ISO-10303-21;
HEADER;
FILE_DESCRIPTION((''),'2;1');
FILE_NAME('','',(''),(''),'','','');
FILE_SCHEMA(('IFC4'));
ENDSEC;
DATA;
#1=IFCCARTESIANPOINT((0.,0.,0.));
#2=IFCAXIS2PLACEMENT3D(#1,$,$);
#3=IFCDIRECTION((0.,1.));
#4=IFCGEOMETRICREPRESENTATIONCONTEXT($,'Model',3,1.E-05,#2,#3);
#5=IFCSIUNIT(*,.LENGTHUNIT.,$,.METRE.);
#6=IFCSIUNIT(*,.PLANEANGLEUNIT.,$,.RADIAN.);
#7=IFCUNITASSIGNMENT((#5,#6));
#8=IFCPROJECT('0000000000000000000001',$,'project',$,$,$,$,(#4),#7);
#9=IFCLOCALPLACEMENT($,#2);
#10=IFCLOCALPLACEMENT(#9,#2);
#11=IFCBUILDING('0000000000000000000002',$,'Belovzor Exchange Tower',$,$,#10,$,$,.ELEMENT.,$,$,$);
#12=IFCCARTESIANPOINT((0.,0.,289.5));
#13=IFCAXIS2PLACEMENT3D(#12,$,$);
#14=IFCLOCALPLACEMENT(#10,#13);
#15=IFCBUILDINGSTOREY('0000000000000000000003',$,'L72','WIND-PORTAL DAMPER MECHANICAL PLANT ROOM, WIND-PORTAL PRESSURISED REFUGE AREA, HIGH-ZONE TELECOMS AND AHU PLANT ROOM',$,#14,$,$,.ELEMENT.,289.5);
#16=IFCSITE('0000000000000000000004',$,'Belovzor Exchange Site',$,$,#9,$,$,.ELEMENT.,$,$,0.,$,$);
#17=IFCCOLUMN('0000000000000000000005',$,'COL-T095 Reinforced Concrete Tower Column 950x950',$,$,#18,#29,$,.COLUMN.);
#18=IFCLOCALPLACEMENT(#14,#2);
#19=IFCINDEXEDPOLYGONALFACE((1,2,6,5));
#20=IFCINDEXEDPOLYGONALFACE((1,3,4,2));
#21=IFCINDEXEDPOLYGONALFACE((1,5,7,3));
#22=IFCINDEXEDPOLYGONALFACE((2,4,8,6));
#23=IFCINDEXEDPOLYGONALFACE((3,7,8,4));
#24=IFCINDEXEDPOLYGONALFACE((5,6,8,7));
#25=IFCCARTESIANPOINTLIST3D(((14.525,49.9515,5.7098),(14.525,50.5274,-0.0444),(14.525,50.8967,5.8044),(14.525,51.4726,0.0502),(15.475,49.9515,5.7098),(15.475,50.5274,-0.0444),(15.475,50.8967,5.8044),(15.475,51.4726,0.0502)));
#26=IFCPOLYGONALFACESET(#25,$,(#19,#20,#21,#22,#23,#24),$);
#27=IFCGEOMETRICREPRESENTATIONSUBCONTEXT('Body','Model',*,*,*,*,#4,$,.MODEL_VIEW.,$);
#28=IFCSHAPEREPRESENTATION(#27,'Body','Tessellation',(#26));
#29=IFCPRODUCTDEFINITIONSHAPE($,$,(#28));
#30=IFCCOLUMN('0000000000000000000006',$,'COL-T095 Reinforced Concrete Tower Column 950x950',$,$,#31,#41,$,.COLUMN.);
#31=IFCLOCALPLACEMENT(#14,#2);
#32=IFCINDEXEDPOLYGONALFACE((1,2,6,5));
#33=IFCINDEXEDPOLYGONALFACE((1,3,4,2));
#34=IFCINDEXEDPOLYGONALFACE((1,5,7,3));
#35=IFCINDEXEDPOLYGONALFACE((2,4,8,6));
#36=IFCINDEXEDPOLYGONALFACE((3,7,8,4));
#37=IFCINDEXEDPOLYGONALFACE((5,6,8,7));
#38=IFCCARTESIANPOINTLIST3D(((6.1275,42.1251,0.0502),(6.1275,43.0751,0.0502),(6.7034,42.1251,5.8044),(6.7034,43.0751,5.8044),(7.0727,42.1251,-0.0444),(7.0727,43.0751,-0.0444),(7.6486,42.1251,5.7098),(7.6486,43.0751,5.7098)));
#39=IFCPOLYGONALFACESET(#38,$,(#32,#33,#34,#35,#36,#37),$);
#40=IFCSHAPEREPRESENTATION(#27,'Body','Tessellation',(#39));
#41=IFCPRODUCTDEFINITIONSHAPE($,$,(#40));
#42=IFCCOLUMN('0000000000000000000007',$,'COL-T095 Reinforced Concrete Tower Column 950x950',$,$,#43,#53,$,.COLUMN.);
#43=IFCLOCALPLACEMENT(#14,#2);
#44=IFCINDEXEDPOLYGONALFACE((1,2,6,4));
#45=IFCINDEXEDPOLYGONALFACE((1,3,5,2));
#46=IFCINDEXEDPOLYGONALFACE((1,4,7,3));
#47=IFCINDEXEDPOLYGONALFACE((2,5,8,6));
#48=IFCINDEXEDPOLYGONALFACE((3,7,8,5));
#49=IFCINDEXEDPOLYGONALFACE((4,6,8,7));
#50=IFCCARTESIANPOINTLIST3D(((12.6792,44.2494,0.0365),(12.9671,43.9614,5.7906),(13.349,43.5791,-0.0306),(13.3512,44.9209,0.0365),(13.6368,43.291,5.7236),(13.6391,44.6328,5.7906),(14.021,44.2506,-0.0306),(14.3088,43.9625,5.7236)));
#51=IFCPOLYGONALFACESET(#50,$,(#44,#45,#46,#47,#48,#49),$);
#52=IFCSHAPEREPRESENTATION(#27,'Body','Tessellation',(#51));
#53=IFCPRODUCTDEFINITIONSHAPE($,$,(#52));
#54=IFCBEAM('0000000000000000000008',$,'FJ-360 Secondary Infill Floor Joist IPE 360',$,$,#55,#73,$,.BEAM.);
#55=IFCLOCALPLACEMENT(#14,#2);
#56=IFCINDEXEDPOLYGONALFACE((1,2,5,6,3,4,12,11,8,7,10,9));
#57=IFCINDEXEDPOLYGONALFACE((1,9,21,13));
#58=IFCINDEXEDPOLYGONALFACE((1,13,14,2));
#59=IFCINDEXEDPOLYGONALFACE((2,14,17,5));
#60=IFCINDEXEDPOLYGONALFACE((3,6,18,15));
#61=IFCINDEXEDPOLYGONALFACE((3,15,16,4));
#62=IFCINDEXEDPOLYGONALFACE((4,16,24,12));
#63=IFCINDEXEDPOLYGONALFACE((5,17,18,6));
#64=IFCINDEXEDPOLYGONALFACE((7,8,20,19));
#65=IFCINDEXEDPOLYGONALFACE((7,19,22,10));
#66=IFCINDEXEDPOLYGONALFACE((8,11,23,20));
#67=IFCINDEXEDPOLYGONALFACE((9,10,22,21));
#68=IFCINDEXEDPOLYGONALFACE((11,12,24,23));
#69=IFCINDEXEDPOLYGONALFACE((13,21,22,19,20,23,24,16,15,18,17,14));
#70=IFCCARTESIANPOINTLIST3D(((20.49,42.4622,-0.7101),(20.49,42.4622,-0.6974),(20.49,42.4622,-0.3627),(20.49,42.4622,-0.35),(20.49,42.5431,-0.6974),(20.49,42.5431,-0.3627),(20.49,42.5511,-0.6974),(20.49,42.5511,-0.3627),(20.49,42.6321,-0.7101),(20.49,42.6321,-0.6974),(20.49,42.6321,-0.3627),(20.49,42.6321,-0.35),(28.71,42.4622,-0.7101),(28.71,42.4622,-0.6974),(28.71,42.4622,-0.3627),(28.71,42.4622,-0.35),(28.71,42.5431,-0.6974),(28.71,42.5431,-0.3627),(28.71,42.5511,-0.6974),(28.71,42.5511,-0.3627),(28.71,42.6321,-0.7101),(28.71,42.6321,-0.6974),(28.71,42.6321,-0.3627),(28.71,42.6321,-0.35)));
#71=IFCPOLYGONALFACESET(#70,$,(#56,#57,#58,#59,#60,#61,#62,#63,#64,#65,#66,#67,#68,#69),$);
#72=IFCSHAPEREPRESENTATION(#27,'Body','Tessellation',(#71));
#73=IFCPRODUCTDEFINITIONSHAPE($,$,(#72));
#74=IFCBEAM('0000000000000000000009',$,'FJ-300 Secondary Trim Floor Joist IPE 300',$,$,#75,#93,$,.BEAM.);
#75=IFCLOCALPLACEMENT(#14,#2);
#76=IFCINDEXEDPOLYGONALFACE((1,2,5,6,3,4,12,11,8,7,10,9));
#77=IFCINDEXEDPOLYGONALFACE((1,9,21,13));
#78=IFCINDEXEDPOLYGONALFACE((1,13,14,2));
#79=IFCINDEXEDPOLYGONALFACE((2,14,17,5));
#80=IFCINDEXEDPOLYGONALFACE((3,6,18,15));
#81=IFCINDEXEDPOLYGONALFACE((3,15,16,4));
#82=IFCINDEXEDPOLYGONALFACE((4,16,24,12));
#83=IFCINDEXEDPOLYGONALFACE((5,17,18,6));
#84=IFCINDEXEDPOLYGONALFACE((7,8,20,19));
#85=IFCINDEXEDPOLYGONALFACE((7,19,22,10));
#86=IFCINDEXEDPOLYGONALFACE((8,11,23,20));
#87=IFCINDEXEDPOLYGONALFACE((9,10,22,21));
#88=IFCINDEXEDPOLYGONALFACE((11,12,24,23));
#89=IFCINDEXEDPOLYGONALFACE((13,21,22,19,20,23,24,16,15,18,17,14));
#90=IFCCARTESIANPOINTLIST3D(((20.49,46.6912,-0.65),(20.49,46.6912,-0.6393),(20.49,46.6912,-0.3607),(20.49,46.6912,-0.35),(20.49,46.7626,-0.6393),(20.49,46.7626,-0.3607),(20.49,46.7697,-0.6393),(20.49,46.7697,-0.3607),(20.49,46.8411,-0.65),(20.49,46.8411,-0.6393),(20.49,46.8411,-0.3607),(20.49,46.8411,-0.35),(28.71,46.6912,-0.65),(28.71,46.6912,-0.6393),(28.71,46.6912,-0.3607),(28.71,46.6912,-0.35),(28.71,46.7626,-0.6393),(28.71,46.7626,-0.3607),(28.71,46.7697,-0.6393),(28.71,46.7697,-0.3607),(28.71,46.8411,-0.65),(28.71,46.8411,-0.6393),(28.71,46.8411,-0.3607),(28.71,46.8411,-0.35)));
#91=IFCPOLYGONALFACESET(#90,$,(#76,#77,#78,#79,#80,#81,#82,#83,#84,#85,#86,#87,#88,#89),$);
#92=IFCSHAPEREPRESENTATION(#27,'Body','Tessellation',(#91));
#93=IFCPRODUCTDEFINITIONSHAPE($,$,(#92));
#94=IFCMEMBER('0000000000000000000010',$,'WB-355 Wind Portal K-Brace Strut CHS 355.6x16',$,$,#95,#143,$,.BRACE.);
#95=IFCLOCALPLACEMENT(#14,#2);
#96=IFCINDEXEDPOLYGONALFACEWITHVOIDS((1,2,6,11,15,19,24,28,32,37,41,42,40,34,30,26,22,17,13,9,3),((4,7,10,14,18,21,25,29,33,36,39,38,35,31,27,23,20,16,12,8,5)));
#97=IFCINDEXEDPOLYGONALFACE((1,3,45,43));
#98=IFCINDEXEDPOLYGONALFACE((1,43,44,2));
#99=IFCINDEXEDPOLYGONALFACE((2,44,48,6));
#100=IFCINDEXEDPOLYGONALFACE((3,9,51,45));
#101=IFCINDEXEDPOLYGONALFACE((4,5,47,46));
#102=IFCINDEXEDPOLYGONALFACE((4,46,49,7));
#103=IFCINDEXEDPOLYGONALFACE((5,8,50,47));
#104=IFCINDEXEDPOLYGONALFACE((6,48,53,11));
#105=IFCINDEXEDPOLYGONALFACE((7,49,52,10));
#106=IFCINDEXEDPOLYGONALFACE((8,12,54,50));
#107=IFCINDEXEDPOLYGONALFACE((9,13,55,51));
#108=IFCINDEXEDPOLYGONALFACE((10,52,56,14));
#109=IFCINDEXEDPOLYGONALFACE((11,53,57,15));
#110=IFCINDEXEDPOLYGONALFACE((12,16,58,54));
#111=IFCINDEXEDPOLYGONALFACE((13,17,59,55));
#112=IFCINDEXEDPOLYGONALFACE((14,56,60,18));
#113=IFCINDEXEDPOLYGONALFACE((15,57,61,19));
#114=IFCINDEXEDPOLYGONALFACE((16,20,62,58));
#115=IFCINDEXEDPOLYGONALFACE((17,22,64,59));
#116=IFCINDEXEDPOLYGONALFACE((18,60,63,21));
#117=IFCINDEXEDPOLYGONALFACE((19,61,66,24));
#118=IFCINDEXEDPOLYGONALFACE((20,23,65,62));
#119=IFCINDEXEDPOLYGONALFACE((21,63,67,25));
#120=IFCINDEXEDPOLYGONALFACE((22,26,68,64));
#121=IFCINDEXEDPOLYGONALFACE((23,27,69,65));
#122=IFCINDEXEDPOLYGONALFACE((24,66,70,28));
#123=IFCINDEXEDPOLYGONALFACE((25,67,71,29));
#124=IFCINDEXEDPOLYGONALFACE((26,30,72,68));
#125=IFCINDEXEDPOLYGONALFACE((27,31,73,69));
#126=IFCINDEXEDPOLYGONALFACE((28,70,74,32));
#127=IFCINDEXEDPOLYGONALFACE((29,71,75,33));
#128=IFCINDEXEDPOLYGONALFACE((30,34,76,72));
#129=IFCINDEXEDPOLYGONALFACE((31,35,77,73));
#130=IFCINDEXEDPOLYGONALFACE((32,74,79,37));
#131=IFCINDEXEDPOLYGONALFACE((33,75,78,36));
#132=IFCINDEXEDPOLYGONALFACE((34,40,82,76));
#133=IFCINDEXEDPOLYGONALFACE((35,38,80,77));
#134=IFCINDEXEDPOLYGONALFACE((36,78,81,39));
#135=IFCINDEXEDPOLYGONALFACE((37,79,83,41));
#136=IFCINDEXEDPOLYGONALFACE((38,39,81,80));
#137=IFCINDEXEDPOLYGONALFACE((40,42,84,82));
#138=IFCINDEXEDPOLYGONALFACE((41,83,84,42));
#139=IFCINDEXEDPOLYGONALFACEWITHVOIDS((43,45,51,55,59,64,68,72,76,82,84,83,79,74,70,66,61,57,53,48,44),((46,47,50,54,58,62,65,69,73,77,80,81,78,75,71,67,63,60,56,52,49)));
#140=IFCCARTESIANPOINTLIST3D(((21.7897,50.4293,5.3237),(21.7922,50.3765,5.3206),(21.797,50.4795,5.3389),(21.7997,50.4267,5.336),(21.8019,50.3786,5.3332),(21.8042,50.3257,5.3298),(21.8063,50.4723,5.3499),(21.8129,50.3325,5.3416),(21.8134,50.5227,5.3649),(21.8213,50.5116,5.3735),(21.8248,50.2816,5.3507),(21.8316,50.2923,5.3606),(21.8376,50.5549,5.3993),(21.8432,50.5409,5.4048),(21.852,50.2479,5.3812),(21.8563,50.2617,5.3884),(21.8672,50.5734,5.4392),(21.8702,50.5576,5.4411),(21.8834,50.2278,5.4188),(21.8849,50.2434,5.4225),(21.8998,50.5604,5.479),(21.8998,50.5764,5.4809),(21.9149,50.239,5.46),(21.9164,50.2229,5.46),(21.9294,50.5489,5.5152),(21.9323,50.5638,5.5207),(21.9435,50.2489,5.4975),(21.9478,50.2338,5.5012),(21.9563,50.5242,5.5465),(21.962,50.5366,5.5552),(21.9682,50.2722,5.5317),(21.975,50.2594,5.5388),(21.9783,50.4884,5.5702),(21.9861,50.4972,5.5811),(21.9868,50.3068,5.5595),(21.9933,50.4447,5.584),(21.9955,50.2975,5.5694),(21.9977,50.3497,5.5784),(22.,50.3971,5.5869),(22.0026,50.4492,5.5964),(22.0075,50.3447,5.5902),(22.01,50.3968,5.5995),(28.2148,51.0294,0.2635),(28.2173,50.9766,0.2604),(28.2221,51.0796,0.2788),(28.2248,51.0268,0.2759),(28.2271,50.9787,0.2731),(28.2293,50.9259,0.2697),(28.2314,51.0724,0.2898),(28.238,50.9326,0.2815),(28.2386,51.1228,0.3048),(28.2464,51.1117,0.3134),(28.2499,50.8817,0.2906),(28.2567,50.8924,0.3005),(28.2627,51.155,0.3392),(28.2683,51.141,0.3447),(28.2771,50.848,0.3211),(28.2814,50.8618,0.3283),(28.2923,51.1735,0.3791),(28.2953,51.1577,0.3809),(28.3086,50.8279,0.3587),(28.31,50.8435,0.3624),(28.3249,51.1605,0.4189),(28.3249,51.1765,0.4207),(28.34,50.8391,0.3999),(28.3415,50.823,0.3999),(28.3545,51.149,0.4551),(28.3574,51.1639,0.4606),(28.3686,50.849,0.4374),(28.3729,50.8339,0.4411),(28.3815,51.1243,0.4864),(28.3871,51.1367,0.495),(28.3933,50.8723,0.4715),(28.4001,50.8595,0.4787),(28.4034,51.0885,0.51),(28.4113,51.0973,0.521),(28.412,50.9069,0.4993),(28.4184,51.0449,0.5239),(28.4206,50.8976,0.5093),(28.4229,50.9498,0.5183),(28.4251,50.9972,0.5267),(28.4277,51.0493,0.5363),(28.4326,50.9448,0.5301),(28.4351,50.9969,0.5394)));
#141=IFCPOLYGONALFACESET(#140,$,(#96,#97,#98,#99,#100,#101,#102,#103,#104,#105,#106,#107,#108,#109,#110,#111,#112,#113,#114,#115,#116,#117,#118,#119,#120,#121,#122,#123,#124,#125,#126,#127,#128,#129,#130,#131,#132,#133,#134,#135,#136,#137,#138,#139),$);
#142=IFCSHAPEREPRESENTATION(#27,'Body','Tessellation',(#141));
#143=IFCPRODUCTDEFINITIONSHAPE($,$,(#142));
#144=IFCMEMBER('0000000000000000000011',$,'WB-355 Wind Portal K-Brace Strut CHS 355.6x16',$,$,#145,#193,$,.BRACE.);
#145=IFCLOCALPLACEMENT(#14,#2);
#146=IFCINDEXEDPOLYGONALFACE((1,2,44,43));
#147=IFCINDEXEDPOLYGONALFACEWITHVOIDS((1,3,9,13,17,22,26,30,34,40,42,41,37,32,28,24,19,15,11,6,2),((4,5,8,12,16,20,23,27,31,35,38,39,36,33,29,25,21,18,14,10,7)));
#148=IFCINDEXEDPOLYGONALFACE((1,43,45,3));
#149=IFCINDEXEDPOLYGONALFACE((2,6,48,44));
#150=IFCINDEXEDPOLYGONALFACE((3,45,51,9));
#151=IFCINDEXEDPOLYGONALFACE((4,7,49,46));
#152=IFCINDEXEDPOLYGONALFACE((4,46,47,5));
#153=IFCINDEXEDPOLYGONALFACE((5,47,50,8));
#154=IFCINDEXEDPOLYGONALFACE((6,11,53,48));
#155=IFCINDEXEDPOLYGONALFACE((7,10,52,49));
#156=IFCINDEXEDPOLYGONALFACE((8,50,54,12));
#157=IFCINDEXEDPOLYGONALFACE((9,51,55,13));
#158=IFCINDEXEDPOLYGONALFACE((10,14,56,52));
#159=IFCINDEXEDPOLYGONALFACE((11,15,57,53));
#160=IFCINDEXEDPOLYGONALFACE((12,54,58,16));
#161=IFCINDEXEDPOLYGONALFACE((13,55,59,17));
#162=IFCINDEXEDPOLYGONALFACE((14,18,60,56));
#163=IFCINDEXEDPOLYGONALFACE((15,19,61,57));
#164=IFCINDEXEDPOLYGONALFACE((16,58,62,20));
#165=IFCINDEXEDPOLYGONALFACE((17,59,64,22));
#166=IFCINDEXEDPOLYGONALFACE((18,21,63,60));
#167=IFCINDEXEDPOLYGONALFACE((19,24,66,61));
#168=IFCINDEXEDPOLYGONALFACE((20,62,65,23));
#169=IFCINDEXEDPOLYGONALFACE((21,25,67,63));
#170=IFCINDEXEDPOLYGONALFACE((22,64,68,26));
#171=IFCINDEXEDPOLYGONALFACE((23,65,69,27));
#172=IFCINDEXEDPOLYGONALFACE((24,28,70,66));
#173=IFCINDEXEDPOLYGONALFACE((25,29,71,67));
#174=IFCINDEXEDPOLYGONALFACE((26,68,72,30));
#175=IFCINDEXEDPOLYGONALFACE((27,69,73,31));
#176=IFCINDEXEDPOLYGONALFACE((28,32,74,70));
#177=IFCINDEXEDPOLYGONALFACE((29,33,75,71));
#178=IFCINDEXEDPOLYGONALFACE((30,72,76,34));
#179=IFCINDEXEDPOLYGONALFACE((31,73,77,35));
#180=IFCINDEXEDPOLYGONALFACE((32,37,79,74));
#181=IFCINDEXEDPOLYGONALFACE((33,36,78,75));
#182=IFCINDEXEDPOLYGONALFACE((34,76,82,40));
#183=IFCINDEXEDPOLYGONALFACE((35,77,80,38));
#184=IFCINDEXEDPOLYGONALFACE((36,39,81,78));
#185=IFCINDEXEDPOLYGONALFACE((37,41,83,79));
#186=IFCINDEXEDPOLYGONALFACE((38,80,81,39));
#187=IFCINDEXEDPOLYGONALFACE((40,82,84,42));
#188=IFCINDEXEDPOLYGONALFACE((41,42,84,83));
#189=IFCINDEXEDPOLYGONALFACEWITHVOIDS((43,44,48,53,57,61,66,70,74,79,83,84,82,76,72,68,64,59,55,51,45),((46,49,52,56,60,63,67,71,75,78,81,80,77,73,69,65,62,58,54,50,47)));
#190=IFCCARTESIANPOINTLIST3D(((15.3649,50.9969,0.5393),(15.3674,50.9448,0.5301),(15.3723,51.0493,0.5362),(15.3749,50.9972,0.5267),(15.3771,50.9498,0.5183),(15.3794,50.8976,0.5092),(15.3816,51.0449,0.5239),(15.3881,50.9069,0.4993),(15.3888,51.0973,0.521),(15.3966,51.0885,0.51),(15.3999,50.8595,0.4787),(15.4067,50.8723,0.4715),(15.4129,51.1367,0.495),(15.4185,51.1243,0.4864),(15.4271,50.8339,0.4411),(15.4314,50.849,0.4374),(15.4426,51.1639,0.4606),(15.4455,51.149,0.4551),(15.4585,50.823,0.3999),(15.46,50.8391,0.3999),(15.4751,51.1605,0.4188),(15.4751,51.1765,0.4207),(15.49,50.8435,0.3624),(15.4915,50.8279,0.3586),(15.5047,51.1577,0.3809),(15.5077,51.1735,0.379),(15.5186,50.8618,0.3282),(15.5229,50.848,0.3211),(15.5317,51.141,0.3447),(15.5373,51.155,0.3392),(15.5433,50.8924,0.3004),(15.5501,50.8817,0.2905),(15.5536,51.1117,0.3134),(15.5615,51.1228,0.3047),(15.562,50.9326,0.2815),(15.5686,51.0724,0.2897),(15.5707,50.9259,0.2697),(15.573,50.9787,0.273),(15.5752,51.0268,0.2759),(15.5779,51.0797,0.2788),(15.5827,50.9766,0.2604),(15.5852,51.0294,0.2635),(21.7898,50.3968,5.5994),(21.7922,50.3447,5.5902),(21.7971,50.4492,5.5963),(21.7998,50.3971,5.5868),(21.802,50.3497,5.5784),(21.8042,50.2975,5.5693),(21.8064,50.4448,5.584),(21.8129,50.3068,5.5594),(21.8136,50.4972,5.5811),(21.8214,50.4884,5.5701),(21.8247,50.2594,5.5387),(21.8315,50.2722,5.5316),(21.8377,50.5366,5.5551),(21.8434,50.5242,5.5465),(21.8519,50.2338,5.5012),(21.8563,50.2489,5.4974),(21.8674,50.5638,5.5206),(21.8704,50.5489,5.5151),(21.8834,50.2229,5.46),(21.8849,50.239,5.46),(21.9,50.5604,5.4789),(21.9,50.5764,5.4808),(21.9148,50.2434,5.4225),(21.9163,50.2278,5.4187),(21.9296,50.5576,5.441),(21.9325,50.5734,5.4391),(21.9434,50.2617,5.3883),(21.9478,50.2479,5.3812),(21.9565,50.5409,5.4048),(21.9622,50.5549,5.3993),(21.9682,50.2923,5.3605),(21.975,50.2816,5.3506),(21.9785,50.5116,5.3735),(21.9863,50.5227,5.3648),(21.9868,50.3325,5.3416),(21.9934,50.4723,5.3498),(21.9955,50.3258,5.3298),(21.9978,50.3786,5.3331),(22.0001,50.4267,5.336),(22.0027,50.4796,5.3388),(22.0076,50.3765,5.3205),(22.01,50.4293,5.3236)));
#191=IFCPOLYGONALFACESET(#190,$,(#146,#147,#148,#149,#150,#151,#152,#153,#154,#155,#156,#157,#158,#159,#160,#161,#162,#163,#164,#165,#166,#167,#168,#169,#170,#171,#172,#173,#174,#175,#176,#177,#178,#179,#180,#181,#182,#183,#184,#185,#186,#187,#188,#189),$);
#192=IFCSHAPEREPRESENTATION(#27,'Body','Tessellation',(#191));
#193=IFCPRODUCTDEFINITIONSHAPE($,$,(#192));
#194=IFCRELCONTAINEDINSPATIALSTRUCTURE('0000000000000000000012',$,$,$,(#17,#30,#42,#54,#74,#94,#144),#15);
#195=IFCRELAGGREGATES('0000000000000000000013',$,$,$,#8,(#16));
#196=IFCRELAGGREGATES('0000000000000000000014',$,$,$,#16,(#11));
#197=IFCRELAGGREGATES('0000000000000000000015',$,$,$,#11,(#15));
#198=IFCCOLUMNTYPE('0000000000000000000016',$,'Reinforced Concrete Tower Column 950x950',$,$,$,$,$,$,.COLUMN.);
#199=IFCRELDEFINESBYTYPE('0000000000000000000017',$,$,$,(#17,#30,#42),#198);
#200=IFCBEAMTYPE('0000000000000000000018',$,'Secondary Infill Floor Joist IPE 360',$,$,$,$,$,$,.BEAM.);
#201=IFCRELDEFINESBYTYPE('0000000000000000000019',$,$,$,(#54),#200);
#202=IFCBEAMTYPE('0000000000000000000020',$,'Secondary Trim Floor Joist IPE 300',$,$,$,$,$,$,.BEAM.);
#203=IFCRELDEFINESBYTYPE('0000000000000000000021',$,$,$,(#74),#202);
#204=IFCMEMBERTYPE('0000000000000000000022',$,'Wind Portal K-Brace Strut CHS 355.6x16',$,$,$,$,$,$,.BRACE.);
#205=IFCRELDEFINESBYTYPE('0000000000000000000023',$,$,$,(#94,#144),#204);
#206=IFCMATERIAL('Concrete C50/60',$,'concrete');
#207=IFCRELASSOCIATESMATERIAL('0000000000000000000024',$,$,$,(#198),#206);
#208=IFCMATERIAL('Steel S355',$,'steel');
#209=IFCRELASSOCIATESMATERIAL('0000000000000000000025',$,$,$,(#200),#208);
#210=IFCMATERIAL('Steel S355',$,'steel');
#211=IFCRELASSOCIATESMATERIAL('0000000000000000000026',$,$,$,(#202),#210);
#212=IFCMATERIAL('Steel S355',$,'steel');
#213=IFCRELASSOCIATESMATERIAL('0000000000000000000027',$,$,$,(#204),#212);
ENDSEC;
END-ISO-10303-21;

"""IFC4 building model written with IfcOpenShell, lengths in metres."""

from ifc_helpers import new_model, si_unit, direction, frame, origin, origin_2d, place, context, subcontext, project, spatial, rectangle, hollow_circle, i_section, extrude, material, material_profile, profile_set, type_object, element, save


model = new_model("IFC4")

# Units and contexts
model_context = context("Model", 3, precision=1e-05, world=origin(), true_north=direction((0.0, 1.0)))
body_context = subcontext(model_context, "Body", "Model", "MODEL_VIEW")
ifc_project = project(units=[si_unit("LENGTHUNIT", "METRE"), si_unit("PLANEANGLEUNIT", "RADIAN")], contexts=[model_context])

# Site, building, storey
site_placement = place(None, origin())
site = spatial("IfcSite", under=ifc_project, at=site_placement, Name="Belovzor Exchange Site", CompositionType="ELEMENT", RefElevation=0.0)
building_placement = place(site_placement, origin())
building = spatial("IfcBuilding", under=site, at=building_placement, Name="Belovzor Exchange Tower", CompositionType="ELEMENT")
storey_placement = place(building_placement, frame((0.0, 0.0, 289.5)))
storey = spatial("IfcBuildingStorey", under=building, at=storey_placement, Name="L72", Description="WIND-PORTAL DAMPER MECHANICAL PLANT ROOM, WIND-PORTAL PRESSURISED REFUGE AREA, HIGH-ZONE TELECOMS AND AHU PLANT ROOM", CompositionType="ELEMENT", Elevation=289.5)

# Columns
ifc_material_1 = material(Name="Concrete C50/60", Category="concrete")
ifc_material_profile_1 = material_profile(ifc_material_1, rectangle(XDim=0.95, YDim=0.95, at=origin_2d()))
ifc_profile_set_1 = profile_set([ifc_material_profile_1], Name="Concrete C50/60")
column_type = type_object("IfcColumnType", Name="Reinforced Concrete Tower Column 950x950", PredefinedType="COLUMN", material=ifc_profile_set_1)
for number, where, z_axis, x_axis, name in (
    (1, (15.0, 51.0, 0.0029), (0.0, -0.099591, 0.995028), (1.0, 0.0, 0.0), "COL-T095 Reinforced Concrete Tower Column 950x950"),
    (2, (6.6001, 42.6001, 0.0029), (0.099591, 0.0, 0.995028), (0.0, 1.0, 0.0), "COL-T095 Reinforced Concrete Tower Column 950x950"),
):
    element("IfcColumn", number, at=place(storey_placement, frame(where, z_axis=z_axis, x_axis=x_axis)), inside=storey, type_object=column_type, Name=name, PredefinedType="COLUMN", context=body_context, shape_type="SweptSolid", body=[
        extrude(rectangle(XDim=0.95, YDim=0.95, at=origin_2d()), origin(), (0.0, 0.0, 1.0), 5.783),
    ])
column_placement = place(storey_placement, frame((13.3501, 44.25, 0.0029), z_axis=(0.049899, -0.049941, 0.997505), x_axis=(0.707406, 0.706807, 0.0)))
element("IfcColumn", 3, at=column_placement, inside=storey, type_object=column_type, Name="COL-T095 Reinforced Concrete Tower Column 950x950", PredefinedType="COLUMN", context=body_context, shape_type="SweptSolid", body=[
    extrude(rectangle(XDim=0.95, YDim=0.95, at=origin_2d()), origin(), (0.0, 0.0, 1.0), 5.7686),
])

# Beams
ifc_material_2 = material(Name="Steel S355", Category="steel")
ifc_material_profile_2 = material_profile(ifc_material_2, i_section(OverallWidth=0.1699, OverallDepth=0.3601, WebThickness=0.0081, FlangeThickness=0.0127, at=origin_2d()))
ifc_profile_set_2 = profile_set([ifc_material_profile_2], Name="Steel S355")
beam_type_1 = type_object("IfcBeamType", Name="Secondary Infill Floor Joist IPE 360", PredefinedType="BEAM", material=ifc_profile_set_2)
beam_1_placement = place(storey_placement, frame((20.49, 42.5471, -0.53), z_axis=(1.0, 0.0, 0.0), x_axis=(0.0, 1.0, 0.0)))
element("IfcBeam", 4, at=beam_1_placement, inside=storey, type_object=beam_type_1, Name="FJ-360 Secondary Infill Floor Joist IPE 360", PredefinedType="BEAM", context=body_context, shape_type="SweptSolid", body=[
    extrude(i_section(OverallWidth=0.1699, OverallDepth=0.3601, WebThickness=0.0081, FlangeThickness=0.0127, at=origin_2d()), origin(), (0.0, 0.0, 1.0), 8.22),
])
ifc_material_3 = material(Name="Steel S355", Category="steel")
ifc_material_profile_3 = material_profile(ifc_material_3, i_section(OverallWidth=0.1499, OverallDepth=0.3, WebThickness=0.0071, FlangeThickness=0.0107, at=origin_2d()))
ifc_profile_set_3 = profile_set([ifc_material_profile_3], Name="Steel S355")
beam_type_2 = type_object("IfcBeamType", Name="Secondary Trim Floor Joist IPE 300", PredefinedType="BEAM", material=ifc_profile_set_3)
beam_2_placement = place(storey_placement, frame((20.49, 46.7661, -0.5), z_axis=(1.0, 0.0, 0.0), x_axis=(0.0, 1.0, 0.0)))
element("IfcBeam", 5, at=beam_2_placement, inside=storey, type_object=beam_type_2, Name="FJ-300 Secondary Trim Floor Joist IPE 300", PredefinedType="BEAM", context=body_context, shape_type="SweptSolid", body=[
    extrude(i_section(OverallWidth=0.1499, OverallDepth=0.3, WebThickness=0.0071, FlangeThickness=0.0107, at=origin_2d()), origin(), (0.0, 0.0, 1.0), 8.22),
])

# Members
ifc_material_4 = material(Name="Steel S355", Category="steel")
ifc_material_profile_4 = material_profile(ifc_material_4, hollow_circle(Radius=0.1777, WallThickness=0.0161, at=origin_2d()))
ifc_profile_set_4 = profile_set([ifc_material_profile_4], Name="Steel S355")
member_type = type_object("IfcMemberType", Name="Wind Portal K-Brace Strut CHS 355.6x16", PredefinedType="BRACE", material=ifc_profile_set_4)
member_1_placement = place(storey_placement, frame((28.325, 51.0, 0.3999), z_axis=(-0.78351, -0.07318, 0.617055), x_axis=(0.092995, -0.995667, 0.0)))
element("IfcMember", 6, at=member_1_placement, inside=storey, type_object=member_type, Name="WB-355 Wind Portal K-Brace Strut CHS 355.6x16", PredefinedType="BRACE", context=body_context, shape_type="SweptSolid", body=[
    extrude(hollow_circle(Radius=0.1777, WallThickness=0.0161, at=origin_2d()), origin(), (0.0, 0.0, 1.0), 8.2004),
])
member_2_placement = place(storey_placement, frame((21.8999, 50.3999, 5.46), z_axis=(-0.783499, 0.073181, -0.617069), x_axis=(-0.092998, -0.995666, 0.0)))
element("IfcMember", 7, at=member_2_placement, inside=storey, type_object=member_type, Name="WB-355 Wind Portal K-Brace Strut CHS 355.6x16", PredefinedType="BRACE", context=body_context, shape_type="SweptSolid", body=[
    extrude(hollow_circle(Radius=0.1777, WallThickness=0.0161, at=origin_2d()), origin(), (0.0, 0.0, 1.0), 8.2002),
])

save(model, "model.ifc")
